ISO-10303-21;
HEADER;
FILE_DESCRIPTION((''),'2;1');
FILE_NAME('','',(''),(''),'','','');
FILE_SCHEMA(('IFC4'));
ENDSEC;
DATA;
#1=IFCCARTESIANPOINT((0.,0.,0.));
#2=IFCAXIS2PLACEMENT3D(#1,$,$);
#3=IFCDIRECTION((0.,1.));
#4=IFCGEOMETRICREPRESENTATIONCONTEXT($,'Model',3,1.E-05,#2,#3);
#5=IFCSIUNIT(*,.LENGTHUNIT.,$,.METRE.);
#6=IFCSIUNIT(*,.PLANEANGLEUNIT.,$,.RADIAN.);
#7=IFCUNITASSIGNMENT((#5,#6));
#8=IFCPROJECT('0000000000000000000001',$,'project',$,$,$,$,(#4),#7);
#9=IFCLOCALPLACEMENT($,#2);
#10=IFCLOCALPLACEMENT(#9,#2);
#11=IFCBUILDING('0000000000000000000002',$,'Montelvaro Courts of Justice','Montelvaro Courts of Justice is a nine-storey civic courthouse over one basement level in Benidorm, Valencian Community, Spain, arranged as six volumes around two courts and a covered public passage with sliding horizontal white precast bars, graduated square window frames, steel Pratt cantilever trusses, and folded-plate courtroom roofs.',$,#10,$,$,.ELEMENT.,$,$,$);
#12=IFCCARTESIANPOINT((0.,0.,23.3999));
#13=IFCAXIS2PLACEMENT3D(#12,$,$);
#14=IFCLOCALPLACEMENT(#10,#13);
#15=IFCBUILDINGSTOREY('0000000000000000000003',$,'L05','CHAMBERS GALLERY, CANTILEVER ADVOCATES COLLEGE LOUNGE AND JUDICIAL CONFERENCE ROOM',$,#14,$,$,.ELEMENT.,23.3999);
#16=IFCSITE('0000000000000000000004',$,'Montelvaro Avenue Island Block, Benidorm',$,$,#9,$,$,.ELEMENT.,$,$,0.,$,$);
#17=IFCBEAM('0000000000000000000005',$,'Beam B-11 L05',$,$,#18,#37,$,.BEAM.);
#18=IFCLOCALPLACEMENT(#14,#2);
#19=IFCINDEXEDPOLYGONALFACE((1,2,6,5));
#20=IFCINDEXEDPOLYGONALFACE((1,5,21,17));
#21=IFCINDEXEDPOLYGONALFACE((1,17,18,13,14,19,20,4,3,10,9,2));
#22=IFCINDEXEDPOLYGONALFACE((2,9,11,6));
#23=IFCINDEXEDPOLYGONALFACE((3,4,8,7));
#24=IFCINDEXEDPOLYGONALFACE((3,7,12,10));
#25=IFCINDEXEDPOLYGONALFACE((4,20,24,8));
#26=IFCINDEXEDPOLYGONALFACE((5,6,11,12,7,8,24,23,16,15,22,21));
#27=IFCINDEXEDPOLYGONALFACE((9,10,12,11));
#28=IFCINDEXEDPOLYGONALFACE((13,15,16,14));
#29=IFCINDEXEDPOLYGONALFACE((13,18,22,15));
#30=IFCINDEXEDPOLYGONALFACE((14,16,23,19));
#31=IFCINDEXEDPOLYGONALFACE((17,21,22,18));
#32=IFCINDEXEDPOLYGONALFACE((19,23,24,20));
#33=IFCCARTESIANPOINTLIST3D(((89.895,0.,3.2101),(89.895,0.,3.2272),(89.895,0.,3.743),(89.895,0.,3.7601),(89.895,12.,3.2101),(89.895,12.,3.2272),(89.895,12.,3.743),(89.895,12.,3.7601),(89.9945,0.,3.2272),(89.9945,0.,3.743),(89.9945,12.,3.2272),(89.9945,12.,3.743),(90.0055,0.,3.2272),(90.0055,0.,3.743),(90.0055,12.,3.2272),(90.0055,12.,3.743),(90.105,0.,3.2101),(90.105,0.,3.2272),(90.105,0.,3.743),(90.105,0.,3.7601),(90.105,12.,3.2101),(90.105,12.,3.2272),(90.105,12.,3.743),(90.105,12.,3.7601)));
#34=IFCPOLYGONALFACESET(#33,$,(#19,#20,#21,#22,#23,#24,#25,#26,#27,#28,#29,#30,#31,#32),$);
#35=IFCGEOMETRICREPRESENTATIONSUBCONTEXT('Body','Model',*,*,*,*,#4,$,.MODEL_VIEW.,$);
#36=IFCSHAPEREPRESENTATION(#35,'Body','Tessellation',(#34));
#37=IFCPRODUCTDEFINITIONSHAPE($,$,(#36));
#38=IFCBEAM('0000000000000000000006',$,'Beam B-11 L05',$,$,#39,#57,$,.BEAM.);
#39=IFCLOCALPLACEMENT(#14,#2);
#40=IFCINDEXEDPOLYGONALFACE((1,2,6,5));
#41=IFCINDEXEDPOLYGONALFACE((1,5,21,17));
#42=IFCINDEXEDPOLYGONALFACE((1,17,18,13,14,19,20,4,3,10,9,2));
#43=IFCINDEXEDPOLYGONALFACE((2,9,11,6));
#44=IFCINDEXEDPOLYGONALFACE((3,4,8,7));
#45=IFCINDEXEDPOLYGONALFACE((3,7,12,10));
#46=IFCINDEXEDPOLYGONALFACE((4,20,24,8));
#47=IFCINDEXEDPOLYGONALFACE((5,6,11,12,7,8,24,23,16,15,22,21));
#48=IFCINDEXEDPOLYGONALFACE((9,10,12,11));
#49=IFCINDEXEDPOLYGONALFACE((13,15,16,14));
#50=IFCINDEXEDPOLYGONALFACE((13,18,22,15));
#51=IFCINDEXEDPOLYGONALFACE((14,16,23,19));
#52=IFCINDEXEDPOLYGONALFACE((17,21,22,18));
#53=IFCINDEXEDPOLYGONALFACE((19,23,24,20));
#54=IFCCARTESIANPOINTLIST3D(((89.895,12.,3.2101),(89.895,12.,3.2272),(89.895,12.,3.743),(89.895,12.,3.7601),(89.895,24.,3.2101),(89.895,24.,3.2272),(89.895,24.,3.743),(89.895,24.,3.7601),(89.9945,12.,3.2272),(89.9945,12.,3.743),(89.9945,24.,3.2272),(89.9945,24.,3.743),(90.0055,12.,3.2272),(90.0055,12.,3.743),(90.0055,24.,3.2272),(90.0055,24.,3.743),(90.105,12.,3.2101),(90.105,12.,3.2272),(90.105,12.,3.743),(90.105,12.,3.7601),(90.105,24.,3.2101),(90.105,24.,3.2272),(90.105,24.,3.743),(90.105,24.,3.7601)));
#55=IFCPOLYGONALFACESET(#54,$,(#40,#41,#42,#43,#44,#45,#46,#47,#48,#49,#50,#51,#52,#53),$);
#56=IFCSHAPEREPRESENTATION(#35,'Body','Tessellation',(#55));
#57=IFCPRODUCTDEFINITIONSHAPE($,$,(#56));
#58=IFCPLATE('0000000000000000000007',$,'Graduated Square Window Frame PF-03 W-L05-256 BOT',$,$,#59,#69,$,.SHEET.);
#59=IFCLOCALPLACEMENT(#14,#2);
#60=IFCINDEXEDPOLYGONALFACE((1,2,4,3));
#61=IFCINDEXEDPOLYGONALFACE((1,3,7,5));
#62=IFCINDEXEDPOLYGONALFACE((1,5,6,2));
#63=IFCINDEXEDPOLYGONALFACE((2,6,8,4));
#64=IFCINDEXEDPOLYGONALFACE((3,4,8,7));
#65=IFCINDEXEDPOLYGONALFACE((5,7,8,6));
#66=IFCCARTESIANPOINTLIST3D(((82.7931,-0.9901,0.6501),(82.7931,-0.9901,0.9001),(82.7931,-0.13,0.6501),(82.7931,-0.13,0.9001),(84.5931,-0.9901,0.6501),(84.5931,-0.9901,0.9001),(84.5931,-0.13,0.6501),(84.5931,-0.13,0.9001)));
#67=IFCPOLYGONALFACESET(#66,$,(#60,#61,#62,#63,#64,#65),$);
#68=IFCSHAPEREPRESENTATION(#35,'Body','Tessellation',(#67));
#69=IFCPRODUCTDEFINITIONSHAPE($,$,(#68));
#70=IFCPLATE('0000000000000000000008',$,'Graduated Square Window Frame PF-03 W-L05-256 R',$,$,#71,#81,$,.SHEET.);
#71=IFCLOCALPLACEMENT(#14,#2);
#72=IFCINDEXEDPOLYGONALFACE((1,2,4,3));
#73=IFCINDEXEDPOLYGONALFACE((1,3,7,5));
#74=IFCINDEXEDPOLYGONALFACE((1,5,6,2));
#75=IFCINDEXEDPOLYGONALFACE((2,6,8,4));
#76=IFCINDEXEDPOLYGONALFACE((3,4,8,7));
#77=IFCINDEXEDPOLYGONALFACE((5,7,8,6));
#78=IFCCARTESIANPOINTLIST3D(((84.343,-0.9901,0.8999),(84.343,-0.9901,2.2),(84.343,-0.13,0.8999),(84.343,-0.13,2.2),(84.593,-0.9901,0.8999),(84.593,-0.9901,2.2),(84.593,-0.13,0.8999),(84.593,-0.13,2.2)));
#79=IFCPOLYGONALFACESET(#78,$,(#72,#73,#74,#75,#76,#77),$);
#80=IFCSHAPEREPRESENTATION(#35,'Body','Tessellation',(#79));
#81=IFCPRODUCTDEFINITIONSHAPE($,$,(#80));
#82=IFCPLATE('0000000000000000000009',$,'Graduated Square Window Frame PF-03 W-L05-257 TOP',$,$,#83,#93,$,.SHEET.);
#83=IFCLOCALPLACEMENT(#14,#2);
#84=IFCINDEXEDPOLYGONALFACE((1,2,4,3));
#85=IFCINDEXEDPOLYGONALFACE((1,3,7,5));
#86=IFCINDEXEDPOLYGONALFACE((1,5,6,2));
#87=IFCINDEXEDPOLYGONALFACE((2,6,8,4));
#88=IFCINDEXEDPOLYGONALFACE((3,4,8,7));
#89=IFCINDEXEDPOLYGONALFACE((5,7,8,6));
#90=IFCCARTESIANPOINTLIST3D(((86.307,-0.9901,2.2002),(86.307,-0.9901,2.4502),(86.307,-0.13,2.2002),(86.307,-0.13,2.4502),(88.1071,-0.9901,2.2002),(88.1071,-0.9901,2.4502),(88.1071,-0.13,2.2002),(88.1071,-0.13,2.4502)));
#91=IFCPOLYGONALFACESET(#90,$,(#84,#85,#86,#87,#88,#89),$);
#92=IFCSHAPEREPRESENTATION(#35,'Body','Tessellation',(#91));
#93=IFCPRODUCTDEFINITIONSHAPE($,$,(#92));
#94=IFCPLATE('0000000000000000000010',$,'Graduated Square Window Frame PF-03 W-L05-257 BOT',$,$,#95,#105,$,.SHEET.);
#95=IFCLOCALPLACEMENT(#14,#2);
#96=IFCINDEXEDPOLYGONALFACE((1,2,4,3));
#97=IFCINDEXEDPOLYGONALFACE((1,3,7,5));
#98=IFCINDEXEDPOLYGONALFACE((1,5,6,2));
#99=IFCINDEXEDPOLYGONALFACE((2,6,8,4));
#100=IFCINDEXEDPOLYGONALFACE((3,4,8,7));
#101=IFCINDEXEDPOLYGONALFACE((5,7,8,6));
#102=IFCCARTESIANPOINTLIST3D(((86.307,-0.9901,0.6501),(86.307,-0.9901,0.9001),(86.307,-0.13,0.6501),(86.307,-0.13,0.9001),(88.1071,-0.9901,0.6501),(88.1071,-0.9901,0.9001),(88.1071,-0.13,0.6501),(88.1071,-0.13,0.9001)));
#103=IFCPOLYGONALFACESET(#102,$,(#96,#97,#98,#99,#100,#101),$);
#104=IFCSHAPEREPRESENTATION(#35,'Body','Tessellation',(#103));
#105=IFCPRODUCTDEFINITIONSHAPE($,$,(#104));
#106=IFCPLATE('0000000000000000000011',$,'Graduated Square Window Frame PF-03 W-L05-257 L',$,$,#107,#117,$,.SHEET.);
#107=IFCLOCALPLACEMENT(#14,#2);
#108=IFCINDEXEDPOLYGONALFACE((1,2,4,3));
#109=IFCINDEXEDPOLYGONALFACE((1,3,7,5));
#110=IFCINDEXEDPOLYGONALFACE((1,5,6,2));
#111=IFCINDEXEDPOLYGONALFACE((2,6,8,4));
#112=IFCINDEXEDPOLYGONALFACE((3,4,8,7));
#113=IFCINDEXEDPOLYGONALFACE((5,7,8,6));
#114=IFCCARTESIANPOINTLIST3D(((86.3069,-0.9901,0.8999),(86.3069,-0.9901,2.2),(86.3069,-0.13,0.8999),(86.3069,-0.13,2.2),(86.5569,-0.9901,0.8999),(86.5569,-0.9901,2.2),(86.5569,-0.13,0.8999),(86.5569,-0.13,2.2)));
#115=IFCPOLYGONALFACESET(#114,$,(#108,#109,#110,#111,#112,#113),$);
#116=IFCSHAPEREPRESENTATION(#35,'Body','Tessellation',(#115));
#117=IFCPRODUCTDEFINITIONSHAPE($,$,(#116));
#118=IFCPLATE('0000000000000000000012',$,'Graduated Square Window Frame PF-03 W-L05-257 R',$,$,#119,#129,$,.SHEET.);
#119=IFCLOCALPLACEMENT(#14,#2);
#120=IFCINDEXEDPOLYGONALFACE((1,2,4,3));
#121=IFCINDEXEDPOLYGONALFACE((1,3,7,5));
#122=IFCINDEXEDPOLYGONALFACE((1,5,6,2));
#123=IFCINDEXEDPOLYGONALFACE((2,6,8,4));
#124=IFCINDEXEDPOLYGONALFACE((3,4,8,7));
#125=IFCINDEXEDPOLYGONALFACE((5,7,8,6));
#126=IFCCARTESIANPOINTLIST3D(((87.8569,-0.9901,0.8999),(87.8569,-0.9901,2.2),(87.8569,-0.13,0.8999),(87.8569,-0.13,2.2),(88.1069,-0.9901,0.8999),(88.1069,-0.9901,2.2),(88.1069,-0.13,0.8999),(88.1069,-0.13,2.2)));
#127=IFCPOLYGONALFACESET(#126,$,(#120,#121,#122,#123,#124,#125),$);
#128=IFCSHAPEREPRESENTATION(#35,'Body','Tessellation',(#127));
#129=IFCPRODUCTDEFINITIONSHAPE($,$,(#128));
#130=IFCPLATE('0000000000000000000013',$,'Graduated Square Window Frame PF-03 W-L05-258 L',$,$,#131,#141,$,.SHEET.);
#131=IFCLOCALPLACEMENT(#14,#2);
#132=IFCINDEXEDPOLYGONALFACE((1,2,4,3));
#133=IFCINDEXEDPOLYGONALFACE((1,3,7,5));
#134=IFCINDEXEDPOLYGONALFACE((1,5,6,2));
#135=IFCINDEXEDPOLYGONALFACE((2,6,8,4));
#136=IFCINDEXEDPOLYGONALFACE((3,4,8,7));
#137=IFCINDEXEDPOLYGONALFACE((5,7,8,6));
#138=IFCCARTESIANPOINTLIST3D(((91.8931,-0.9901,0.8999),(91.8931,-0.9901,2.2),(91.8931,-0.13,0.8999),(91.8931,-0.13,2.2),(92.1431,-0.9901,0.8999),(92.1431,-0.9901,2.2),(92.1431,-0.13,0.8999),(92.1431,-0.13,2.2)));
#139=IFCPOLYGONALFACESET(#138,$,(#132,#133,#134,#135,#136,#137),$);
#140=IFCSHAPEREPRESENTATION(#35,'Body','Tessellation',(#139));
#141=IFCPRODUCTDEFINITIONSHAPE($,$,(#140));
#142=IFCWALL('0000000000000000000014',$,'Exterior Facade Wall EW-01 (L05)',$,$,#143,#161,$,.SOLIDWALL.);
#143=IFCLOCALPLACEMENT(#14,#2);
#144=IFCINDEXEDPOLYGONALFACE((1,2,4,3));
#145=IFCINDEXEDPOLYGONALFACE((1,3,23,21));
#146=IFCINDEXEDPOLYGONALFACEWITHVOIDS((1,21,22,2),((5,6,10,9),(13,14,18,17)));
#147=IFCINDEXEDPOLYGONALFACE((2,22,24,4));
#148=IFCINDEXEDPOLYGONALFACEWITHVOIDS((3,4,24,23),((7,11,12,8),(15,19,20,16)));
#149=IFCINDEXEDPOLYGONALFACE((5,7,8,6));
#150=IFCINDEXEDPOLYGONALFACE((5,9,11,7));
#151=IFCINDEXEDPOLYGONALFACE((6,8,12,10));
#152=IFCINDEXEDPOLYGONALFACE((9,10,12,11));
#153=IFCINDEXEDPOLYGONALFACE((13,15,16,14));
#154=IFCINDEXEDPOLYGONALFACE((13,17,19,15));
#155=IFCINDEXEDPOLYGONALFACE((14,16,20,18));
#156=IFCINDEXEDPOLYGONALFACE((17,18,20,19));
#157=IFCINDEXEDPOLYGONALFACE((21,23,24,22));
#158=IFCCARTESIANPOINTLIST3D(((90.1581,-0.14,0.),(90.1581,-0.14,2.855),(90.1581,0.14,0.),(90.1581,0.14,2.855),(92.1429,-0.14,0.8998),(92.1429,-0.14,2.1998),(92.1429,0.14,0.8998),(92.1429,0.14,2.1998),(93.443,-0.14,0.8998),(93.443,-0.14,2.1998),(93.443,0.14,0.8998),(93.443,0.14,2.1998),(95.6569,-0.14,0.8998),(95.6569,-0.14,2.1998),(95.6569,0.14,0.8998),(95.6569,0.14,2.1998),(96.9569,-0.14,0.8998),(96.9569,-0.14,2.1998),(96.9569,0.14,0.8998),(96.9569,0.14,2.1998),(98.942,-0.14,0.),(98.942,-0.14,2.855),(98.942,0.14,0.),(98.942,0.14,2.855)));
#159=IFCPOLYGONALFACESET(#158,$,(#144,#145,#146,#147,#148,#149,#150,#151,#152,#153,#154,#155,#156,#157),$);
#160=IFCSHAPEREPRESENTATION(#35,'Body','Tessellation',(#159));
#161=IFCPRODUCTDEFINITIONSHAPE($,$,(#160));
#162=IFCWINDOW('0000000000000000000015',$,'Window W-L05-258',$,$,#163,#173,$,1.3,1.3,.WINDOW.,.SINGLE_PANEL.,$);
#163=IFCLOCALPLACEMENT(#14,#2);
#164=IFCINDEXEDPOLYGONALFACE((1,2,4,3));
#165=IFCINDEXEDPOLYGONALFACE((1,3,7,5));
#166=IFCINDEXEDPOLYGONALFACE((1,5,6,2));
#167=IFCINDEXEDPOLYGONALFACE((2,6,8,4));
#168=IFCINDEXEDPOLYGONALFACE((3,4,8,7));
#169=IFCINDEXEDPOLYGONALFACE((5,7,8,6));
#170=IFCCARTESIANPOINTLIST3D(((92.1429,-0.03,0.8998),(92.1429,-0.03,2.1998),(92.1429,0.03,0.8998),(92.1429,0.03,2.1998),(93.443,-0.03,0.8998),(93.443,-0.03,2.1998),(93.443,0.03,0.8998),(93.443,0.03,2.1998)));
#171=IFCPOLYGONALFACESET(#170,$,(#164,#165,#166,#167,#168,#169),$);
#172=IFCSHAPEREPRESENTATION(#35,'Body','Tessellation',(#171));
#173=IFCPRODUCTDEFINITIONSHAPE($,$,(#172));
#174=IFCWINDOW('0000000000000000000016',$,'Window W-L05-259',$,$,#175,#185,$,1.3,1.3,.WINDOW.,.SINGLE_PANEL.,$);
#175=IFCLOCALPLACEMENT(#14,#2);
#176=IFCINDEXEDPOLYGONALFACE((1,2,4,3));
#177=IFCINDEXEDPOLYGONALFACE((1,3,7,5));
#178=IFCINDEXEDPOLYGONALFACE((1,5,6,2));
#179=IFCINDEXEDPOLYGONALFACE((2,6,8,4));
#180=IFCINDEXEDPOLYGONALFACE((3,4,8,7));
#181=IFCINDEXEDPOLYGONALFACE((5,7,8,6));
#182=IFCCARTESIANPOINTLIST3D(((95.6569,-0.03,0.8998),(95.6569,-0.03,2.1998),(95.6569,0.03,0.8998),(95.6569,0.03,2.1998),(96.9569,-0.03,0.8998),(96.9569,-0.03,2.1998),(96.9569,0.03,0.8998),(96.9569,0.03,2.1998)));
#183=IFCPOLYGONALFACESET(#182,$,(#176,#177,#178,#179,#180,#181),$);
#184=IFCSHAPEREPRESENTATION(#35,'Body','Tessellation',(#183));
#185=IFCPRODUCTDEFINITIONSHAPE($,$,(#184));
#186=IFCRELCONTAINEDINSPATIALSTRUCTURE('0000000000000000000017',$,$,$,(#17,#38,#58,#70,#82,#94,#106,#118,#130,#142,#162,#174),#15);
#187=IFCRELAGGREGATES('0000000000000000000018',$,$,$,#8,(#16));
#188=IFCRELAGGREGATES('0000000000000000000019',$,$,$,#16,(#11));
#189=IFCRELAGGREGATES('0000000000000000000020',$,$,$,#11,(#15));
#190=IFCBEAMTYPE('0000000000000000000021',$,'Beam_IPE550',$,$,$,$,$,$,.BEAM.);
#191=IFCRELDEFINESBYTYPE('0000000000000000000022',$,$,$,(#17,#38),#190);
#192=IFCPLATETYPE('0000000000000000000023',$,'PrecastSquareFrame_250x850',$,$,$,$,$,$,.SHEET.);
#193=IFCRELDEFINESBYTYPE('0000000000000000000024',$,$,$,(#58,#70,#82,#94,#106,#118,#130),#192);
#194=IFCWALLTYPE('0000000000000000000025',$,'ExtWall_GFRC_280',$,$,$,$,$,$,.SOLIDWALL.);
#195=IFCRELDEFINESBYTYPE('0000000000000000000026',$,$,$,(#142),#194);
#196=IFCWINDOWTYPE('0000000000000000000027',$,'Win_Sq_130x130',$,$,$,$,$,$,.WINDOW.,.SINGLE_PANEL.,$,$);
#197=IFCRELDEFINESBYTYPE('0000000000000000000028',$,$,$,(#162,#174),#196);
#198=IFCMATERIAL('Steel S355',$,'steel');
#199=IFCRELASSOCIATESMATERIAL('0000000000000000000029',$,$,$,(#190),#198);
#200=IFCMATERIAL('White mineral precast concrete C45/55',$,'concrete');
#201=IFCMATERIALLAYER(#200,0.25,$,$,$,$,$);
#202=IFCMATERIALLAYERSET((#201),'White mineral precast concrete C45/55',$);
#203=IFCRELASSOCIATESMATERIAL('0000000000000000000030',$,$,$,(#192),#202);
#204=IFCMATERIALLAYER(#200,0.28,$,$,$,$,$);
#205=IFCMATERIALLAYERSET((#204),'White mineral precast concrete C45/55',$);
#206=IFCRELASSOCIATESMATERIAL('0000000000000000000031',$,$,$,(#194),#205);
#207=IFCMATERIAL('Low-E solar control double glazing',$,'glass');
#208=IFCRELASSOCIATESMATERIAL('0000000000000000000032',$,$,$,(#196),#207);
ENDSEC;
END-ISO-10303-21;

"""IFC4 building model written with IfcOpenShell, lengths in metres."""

from ifc_helpers import new_model, si_unit, direction, frame, frame_2d, origin, origin_2d, place, context, subcontext, project, spatial, rectangle, i_section, extrude, material, layer, layer_set, material_profile, profile_set, type_object, element, fill, save


model = new_model("IFC4")

# Units and contexts
model_context = context("Model", 3, precision=1e-05, world=origin(), true_north=direction((0.0, 1.0)))
body_context = subcontext(model_context, "Body", "Model", "MODEL_VIEW")
ifc_project = project(units=[si_unit("LENGTHUNIT", "METRE"), si_unit("PLANEANGLEUNIT", "RADIAN")], contexts=[model_context])

# Site, building, storey
site_placement = place(None, origin())
site = spatial("IfcSite", under=ifc_project, at=site_placement, Name="Montelvaro Avenue Island Block, Benidorm", CompositionType="ELEMENT", RefElevation=0.0)
building_placement = place(site_placement, origin())
building = spatial("IfcBuilding", under=site, at=building_placement, Name="Montelvaro Courts of Justice", Description="Montelvaro Courts of Justice is a nine-storey civic courthouse over one basement level in Benidorm, Valencian Community, Spain, arranged as six volumes around two courts and a covered public passage with sliding horizontal white precast bars, graduated square window frames, steel Pratt cantilever trusses, and folded-plate courtroom roofs.", CompositionType="ELEMENT")
storey_placement = place(building_placement, frame((0.0, 0.0, 23.3999)))
storey = spatial("IfcBuildingStorey", under=building, at=storey_placement, Name="L05", Description="CHAMBERS GALLERY, CANTILEVER ADVOCATES COLLEGE LOUNGE AND JUDICIAL CONFERENCE ROOM", CompositionType="ELEMENT", Elevation=23.3999)

# Shared definitions
ifc_material_1 = material(Name="Steel S355", Category="steel")

# Beams
ifc_material_profile_1 = material_profile(ifc_material_1, i_section(OverallWidth=0.21, OverallDepth=0.55, WebThickness=0.011, FlangeThickness=0.0171, at=origin_2d()), Name="IPE 550")
ifc_profile_set_1 = profile_set([ifc_material_profile_1], Name="Steel S355")
beam_type_1 = type_object("IfcBeamType", Name="Beam_IPE550", PredefinedType="BEAM", material=ifc_profile_set_1)
for number, where, z_axis, x_axis, name in (
    (1, (90.0, 0.0, 3.4851), (0.0, 1.0, 0.0), (-1.0, 0.0, 0.0), "Beam B-11 L05"),
    (2, (90.0, 12.0, 3.4851), (0.0, 1.0, 0.0), (-1.0, 0.0, 0.0), "Beam B-11 L05"),
):
    element("IfcBeam", number, at=place(storey_placement, frame(where, z_axis=z_axis, x_axis=x_axis)), inside=storey, type_object=beam_type_1, Name=name, PredefinedType="BEAM", context=body_context, shape_type="SweptSolid", body=[
        extrude(i_section(OverallWidth=0.21, OverallDepth=0.55, WebThickness=0.011, FlangeThickness=0.0171, at=origin_2d()), origin(), (0.0, 0.0, 1.0), 12.0),
    ])

# Plates
ifc_material_2 = material(Name="White mineral precast concrete C45/55", Category="concrete")
ifc_layer_1 = layer(ifc_material_2, 0.25)
ifc_layer_set_1 = layer_set([ifc_layer_1], Name="White mineral precast concrete C45/55")
plate_type = type_object("IfcPlateType", Name="PrecastSquareFrame_250x850", PredefinedType="SHEET", material=ifc_layer_set_1)
plate_1_placement = place(storey_placement, frame((83.6931, -0.5601, 0.6501), z_axis=(0.0, 0.0, 1.0), x_axis=(1.0, 0.0, 0.0)))
element("IfcPlate", 3, at=plate_1_placement, inside=storey, type_object=plate_type, Name="Graduated Square Window Frame PF-03 W-L05-256 BOT", PredefinedType="SHEET", context=body_context, shape_type="SweptSolid", body=[
    extrude(rectangle(XDim=1.8, YDim=0.8601, at=origin_2d()), origin(), (0.0, 0.0, 1.0), 0.25),
])
plate_2_placement = place(storey_placement, frame((84.468, -0.5601, 0.8999), z_axis=(0.0, 0.0, 1.0), x_axis=(1.0, 0.0, 0.0)))
element("IfcPlate", 4, at=plate_2_placement, inside=storey, type_object=plate_type, Name="Graduated Square Window Frame PF-03 W-L05-256 R", PredefinedType="SHEET", context=body_context, shape_type="SweptSolid", body=[
    extrude(rectangle(XDim=0.25, YDim=0.8601, at=origin_2d()), origin(), (0.0, 0.0, 1.0), 1.3),
])
for number, where, z_axis, x_axis, name in (
    (5, (87.207, -0.5601, 2.2002), (0.0, 0.0, 1.0), (1.0, 0.0, 0.0), "Graduated Square Window Frame PF-03 W-L05-257 TOP"),
    (6, (87.207, -0.5601, 0.6501), (0.0, 0.0, 1.0), (1.0, 0.0, 0.0), "Graduated Square Window Frame PF-03 W-L05-257 BOT"),
):
    element("IfcPlate", number, at=place(storey_placement, frame(where, z_axis=z_axis, x_axis=x_axis)), inside=storey, type_object=plate_type, Name=name, PredefinedType="SHEET", context=body_context, shape_type="SweptSolid", body=[
        extrude(rectangle(XDim=1.8, YDim=0.8601, at=origin_2d()), origin(), (0.0, 0.0, 1.0), 0.25),
    ])
for number, where, z_axis, x_axis, name in (
    (7, (86.4319, -0.5601, 0.8999), (0.0, 0.0, 1.0), (1.0, 0.0, 0.0), "Graduated Square Window Frame PF-03 W-L05-257 L"),
    (8, (87.9819, -0.5601, 0.8999), (0.0, 0.0, 1.0), (1.0, 0.0, 0.0), "Graduated Square Window Frame PF-03 W-L05-257 R"),
    (9, (92.0181, -0.5601, 0.8999), (0.0, 0.0, 1.0), (1.0, 0.0, 0.0), "Graduated Square Window Frame PF-03 W-L05-258 L"),
):
    element("IfcPlate", number, at=place(storey_placement, frame(where, z_axis=z_axis, x_axis=x_axis)), inside=storey, type_object=plate_type, Name=name, PredefinedType="SHEET", context=body_context, shape_type="SweptSolid", body=[
        extrude(rectangle(XDim=0.25, YDim=0.8601, at=origin_2d()), origin(), (0.0, 0.0, 1.0), 1.3),
    ])

# Wall, openings, windows
ifc_layer_2 = layer(ifc_material_2, 0.28)
ifc_layer_set_2 = layer_set([ifc_layer_2], Name="White mineral precast concrete C45/55")
wall_type_1 = type_object("IfcWallType", Name="ExtWall_GFRC_280", PredefinedType="SOLIDWALL", material=ifc_layer_set_2)
wall_1_placement = place(storey_placement, frame((90.158, 0.0, 0.0), z_axis=(0.0, 0.0, 1.0), x_axis=(1.0, 0.0, 0.0)))
wall_1 = element("IfcWall", 10, at=wall_1_placement, inside=storey, type_object=wall_type_1, Name="Exterior Facade Wall EW-01 (L05)", PredefinedType="SOLIDWALL", context=body_context, shape_type="SweptSolid", body=[
    extrude(rectangle(XDim=8.7839, YDim=0.28, at=frame_2d((4.3921, 0.0))), origin(), (0.0, 0.0, 1.0), 2.855),
])
opening_1_placement = place(wall_1_placement, frame((1.9851, 0.0, 0.8999)))
opening_1 = element("IfcOpeningElement", 11, at=opening_1_placement, cuts=wall_1, PredefinedType="OPENING", context=body_context, shape_type="SweptSolid", body=[
    extrude(rectangle(XDim=1.3, YDim=1.3, at=frame_2d((0.6499, 0.6499))), frame((0.0, 0.1548, 0.0), z_axis=(0.0, -1.0, 0.0), x_axis=(1.0, 0.0, 0.0)), (0.0, 0.0, 1.0), 0.3098),
])
opening_2_placement = place(wall_1_placement, frame((5.499, 0.0, 0.8999)))
opening_2 = element("IfcOpeningElement", 12, at=opening_2_placement, cuts=wall_1, PredefinedType="OPENING", context=body_context, shape_type="SweptSolid", body=[
    extrude(rectangle(XDim=1.3, YDim=1.3, at=frame_2d((0.6499, 0.6499))), frame((0.0, 0.1548, 0.0), z_axis=(0.0, -1.0, 0.0), x_axis=(1.0, 0.0, 0.0)), (0.0, 0.0, 1.0), 0.3098),
])
ifc_material_3 = material(Name="Low-E solar control double glazing", Category="glass")
window_type = type_object("IfcWindowType", Name="Win_Sq_130x130", PartitioningType="SINGLE_PANEL", PredefinedType="WINDOW", material=ifc_material_3)
window_1_placement = place(opening_1_placement, origin())
window_1 = element("IfcWindow", 13, at=window_1_placement, inside=storey, type_object=window_type, Name="Window W-L05-258", OverallHeight=1.3, OverallWidth=1.3, PartitioningType="SINGLE_PANEL", PredefinedType="WINDOW", context=body_context, shape_type="SweptSolid", body=[
    extrude(rectangle(XDim=1.3, YDim=1.3, at=frame_2d((0.6499, 0.6499))), frame((0.0, 0.03, 0.0), z_axis=(0.0, -1.0, 0.0), x_axis=(1.0, 0.0, 0.0)), (0.0, 0.0, 1.0), 0.0601),
])
fill(opening_1, window_1)
window_2_placement = place(opening_2_placement, origin())
window_2 = element("IfcWindow", 14, at=window_2_placement, inside=storey, type_object=window_type, Name="Window W-L05-259", OverallHeight=1.3, OverallWidth=1.3, PartitioningType="SINGLE_PANEL", PredefinedType="WINDOW", context=body_context, shape_type="SweptSolid", body=[
    extrude(rectangle(XDim=1.3, YDim=1.3, at=frame_2d((0.6499, 0.6499))), frame((0.0, 0.03, 0.0), z_axis=(0.0, -1.0, 0.0), x_axis=(1.0, 0.0, 0.0)), (0.0, 0.0, 1.0), 0.0601),
])
fill(opening_2, window_2)

save(model, "model.ifc")
